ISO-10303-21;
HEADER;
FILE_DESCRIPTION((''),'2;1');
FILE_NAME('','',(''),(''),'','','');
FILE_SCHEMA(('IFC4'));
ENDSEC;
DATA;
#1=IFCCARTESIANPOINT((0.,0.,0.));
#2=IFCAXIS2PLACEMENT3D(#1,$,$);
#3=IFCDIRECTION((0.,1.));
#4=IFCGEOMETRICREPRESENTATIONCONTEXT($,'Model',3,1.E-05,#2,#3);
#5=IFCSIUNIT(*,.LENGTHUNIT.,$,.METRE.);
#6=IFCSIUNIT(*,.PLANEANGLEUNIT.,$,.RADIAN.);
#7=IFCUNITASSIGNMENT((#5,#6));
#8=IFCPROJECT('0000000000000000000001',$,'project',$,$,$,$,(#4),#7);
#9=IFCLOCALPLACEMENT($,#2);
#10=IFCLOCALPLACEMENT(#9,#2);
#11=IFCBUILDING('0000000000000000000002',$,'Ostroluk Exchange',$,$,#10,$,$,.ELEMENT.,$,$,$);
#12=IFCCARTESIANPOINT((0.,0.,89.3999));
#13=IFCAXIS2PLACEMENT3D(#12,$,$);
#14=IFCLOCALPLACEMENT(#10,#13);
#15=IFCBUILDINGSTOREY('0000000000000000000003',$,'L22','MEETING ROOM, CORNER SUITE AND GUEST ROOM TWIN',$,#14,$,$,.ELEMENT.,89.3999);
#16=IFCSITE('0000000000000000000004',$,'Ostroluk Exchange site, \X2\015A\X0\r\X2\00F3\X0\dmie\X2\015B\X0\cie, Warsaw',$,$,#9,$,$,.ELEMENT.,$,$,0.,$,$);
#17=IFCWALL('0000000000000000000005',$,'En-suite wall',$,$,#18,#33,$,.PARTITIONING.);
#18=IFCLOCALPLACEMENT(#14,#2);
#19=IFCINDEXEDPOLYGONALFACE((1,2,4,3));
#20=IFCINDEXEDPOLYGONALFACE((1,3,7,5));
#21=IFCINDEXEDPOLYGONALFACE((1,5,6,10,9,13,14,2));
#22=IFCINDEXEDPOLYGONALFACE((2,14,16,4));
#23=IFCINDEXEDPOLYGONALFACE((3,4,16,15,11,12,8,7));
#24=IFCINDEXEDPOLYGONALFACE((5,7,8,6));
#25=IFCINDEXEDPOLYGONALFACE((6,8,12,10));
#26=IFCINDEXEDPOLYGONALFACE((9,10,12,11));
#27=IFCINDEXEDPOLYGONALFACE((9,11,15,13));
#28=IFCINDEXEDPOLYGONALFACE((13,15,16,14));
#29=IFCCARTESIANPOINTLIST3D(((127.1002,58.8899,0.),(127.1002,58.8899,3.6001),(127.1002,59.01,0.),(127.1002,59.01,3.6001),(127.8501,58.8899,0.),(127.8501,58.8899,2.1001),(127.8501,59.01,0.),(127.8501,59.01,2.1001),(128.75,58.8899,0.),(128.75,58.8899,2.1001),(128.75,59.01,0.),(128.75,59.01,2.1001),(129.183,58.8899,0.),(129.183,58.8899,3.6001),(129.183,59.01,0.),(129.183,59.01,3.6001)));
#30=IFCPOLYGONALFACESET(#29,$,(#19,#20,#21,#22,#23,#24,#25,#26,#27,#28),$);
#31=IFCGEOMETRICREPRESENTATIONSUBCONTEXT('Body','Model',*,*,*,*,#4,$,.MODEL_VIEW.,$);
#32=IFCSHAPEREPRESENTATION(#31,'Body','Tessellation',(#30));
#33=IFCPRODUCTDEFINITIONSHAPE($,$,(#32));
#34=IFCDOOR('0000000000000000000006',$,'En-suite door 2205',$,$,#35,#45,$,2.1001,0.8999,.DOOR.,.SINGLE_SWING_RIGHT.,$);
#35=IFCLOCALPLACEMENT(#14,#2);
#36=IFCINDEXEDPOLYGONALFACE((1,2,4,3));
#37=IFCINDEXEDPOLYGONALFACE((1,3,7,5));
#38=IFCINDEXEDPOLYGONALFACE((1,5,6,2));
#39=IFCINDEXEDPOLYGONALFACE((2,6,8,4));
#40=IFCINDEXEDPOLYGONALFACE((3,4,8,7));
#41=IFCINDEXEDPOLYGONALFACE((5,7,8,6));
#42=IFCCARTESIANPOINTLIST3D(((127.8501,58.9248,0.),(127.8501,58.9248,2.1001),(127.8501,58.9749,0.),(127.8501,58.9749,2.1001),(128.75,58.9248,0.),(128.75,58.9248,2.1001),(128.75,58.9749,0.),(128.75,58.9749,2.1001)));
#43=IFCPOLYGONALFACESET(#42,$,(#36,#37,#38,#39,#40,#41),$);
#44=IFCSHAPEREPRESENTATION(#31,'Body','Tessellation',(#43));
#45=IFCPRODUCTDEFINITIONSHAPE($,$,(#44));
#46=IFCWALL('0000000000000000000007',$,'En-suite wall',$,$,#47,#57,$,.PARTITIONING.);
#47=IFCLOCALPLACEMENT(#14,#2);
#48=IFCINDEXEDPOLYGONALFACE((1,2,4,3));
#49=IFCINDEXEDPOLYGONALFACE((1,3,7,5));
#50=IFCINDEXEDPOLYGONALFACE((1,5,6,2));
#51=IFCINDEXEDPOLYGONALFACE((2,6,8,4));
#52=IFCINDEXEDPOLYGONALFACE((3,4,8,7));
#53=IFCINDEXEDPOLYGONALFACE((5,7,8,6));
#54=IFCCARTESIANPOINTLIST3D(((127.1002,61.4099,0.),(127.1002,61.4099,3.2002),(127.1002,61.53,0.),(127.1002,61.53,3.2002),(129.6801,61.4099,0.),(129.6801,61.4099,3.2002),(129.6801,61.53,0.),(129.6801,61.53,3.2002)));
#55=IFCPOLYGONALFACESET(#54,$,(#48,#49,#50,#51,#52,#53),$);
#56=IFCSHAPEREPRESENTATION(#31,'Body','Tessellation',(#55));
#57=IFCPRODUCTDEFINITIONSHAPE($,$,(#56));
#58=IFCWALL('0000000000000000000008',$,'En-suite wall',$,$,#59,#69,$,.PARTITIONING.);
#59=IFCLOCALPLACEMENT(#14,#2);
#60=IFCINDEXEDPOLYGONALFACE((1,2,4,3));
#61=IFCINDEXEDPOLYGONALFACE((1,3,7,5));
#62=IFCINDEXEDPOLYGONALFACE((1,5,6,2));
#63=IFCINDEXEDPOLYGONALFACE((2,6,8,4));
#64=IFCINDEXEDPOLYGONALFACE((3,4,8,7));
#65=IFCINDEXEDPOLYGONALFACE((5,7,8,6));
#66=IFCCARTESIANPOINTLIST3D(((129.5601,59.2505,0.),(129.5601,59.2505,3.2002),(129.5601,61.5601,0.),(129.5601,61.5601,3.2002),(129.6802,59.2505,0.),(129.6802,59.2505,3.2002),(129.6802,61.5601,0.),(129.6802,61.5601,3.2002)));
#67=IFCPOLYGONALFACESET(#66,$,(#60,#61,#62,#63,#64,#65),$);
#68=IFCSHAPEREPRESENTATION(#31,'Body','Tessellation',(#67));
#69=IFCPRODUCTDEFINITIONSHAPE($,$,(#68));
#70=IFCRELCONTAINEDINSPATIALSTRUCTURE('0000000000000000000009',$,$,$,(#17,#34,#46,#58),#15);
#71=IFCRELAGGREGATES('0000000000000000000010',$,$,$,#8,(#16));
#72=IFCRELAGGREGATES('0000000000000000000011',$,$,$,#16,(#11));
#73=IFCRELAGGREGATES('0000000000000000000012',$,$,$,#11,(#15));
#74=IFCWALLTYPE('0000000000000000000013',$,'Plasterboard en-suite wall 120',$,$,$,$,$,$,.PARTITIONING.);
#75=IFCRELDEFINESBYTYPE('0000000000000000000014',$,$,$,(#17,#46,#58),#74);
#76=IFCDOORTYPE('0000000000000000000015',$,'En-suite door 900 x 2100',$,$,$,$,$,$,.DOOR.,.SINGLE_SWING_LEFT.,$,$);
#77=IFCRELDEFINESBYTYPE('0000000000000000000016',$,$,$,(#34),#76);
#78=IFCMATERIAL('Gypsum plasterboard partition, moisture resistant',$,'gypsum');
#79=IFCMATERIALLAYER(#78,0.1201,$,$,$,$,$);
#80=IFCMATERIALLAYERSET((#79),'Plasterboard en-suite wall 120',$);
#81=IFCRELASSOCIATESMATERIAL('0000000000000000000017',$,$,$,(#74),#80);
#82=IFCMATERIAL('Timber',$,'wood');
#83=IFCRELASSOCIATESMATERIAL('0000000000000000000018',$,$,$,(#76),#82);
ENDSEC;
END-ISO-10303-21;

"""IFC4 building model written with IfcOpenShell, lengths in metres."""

from ifc_helpers import new_model, si_unit, direction, frame, frame_2d, origin, place, context, subcontext, project, spatial, rectangle, extrude, material, layer, layer_set, type_object, element, fill, save


model = new_model("IFC4")

# Units and contexts
model_context = context("Model", 3, precision=1e-05, world=origin(), true_north=direction((0.0, 1.0)))
body_context = subcontext(model_context, "Body", "Model", "MODEL_VIEW")
ifc_project = project(units=[si_unit("LENGTHUNIT", "METRE"), si_unit("PLANEANGLEUNIT", "RADIAN")], contexts=[model_context])

# Site, building, storey
site_placement = place(None, origin())
site = spatial("IfcSite", under=ifc_project, at=site_placement, Name="Ostroluk Exchange site, Śródmieście, Warsaw", CompositionType="ELEMENT", RefElevation=0.0)
building_placement = place(site_placement, origin())
building = spatial("IfcBuilding", under=site, at=building_placement, Name="Ostroluk Exchange", CompositionType="ELEMENT")
storey_placement = place(building_placement, frame((0.0, 0.0, 89.3999)))
storey = spatial("IfcBuildingStorey", under=building, at=storey_placement, Name="L22", Description="MEETING ROOM, CORNER SUITE AND GUEST ROOM TWIN", CompositionType="ELEMENT", Elevation=89.3999)

# Wall, opening, door
ifc_material_1 = material(Name="Gypsum plasterboard partition, moisture resistant", Category="gypsum")
ifc_layer_1 = layer(ifc_material_1, 0.1201)
ifc_layer_set_1 = layer_set([ifc_layer_1], Name="Plasterboard en-suite wall 120")
wall_type_1 = type_object("IfcWallType", Name="Plasterboard en-suite wall 120", PredefinedType="PARTITIONING", material=ifc_layer_set_1)
wall_1_placement = place(storey_placement, frame((127.1001, 58.95, 0.0), z_axis=(0.0, 0.0, 1.0), x_axis=(1.0, 0.0, 0.0)))
wall_1 = element("IfcWall", 1, at=wall_1_placement, inside=storey, type_object=wall_type_1, Name="En-suite wall", PredefinedType="PARTITIONING", context=body_context, shape_type="SweptSolid", body=[
    extrude(rectangle(XDim=2.0828, YDim=0.1201, at=frame_2d((1.0415, 0.0))), origin(), (0.0, 0.0, 1.0), 3.6001),
])
opening_1_placement = place(wall_1_placement, frame((0.75, 0.0, 0.0)))
opening_1 = element("IfcOpeningElement", 2, at=opening_1_placement, cuts=wall_1, PredefinedType="OPENING", context=body_context, shape_type="SweptSolid", body=[
    extrude(rectangle(XDim=0.8999, YDim=2.1001, at=frame_2d((0.45, 1.05))), frame((0.0, 0.0701, 0.0), z_axis=(0.0, -1.0, 0.0), x_axis=(1.0, 0.0, 0.0)), (0.0, 0.0, 1.0), 0.1401),
])
ifc_material_2 = material(Name="Timber", Category="wood")
door_type_1 = type_object("IfcDoorType", Name="En-suite door 900 x 2100", OperationType="SINGLE_SWING_LEFT", PredefinedType="DOOR", material=ifc_material_2)
door_1_placement = place(opening_1_placement, origin())
door_1 = element("IfcDoor", 3, at=door_1_placement, inside=storey, type_object=door_type_1, Name="En-suite door 2205", OperationType="SINGLE_SWING_RIGHT", OverallHeight=2.1001, OverallWidth=0.8999, PredefinedType="DOOR", context=body_context, shape_type="SweptSolid", body=[
    extrude(rectangle(XDim=0.8999, YDim=2.1001, at=frame_2d((0.45, 1.05))), frame((0.0, 0.0249, 0.0), z_axis=(0.0, -1.0, 0.0), x_axis=(1.0, 0.0, 0.0)), (0.0, 0.0, 1.0), 0.05),
])
fill(opening_1, door_1)

# Walls
wall_2_placement = place(storey_placement, frame((127.1001, 61.47, 0.0), z_axis=(0.0, 0.0, 1.0), x_axis=(1.0, 0.0, 0.0)))
element("IfcWall", 4, at=wall_2_placement, inside=storey, type_object=wall_type_1, Name="En-suite wall", PredefinedType="PARTITIONING", context=body_context, shape_type="SweptSolid", body=[
    extrude(rectangle(XDim=2.5798, YDim=0.1201, at=frame_2d((1.29, 0.0))), origin(), (0.0, 0.0, 1.0), 3.2002),
])
wall_3_placement = place(storey_placement, frame((129.6201, 59.2505, 0.0), z_axis=(0.0, 0.0, 1.0), x_axis=(0.0, 1.0, 0.0)))
element("IfcWall", 5, at=wall_3_placement, inside=storey, type_object=wall_type_1, Name="En-suite wall", PredefinedType="PARTITIONING", context=body_context, shape_type="SweptSolid", body=[
    extrude(rectangle(XDim=2.3096, YDim=0.1201, at=frame_2d((1.1548, 0.0))), origin(), (0.0, 0.0, 1.0), 3.2002),
])

save(model, "model.ifc")
